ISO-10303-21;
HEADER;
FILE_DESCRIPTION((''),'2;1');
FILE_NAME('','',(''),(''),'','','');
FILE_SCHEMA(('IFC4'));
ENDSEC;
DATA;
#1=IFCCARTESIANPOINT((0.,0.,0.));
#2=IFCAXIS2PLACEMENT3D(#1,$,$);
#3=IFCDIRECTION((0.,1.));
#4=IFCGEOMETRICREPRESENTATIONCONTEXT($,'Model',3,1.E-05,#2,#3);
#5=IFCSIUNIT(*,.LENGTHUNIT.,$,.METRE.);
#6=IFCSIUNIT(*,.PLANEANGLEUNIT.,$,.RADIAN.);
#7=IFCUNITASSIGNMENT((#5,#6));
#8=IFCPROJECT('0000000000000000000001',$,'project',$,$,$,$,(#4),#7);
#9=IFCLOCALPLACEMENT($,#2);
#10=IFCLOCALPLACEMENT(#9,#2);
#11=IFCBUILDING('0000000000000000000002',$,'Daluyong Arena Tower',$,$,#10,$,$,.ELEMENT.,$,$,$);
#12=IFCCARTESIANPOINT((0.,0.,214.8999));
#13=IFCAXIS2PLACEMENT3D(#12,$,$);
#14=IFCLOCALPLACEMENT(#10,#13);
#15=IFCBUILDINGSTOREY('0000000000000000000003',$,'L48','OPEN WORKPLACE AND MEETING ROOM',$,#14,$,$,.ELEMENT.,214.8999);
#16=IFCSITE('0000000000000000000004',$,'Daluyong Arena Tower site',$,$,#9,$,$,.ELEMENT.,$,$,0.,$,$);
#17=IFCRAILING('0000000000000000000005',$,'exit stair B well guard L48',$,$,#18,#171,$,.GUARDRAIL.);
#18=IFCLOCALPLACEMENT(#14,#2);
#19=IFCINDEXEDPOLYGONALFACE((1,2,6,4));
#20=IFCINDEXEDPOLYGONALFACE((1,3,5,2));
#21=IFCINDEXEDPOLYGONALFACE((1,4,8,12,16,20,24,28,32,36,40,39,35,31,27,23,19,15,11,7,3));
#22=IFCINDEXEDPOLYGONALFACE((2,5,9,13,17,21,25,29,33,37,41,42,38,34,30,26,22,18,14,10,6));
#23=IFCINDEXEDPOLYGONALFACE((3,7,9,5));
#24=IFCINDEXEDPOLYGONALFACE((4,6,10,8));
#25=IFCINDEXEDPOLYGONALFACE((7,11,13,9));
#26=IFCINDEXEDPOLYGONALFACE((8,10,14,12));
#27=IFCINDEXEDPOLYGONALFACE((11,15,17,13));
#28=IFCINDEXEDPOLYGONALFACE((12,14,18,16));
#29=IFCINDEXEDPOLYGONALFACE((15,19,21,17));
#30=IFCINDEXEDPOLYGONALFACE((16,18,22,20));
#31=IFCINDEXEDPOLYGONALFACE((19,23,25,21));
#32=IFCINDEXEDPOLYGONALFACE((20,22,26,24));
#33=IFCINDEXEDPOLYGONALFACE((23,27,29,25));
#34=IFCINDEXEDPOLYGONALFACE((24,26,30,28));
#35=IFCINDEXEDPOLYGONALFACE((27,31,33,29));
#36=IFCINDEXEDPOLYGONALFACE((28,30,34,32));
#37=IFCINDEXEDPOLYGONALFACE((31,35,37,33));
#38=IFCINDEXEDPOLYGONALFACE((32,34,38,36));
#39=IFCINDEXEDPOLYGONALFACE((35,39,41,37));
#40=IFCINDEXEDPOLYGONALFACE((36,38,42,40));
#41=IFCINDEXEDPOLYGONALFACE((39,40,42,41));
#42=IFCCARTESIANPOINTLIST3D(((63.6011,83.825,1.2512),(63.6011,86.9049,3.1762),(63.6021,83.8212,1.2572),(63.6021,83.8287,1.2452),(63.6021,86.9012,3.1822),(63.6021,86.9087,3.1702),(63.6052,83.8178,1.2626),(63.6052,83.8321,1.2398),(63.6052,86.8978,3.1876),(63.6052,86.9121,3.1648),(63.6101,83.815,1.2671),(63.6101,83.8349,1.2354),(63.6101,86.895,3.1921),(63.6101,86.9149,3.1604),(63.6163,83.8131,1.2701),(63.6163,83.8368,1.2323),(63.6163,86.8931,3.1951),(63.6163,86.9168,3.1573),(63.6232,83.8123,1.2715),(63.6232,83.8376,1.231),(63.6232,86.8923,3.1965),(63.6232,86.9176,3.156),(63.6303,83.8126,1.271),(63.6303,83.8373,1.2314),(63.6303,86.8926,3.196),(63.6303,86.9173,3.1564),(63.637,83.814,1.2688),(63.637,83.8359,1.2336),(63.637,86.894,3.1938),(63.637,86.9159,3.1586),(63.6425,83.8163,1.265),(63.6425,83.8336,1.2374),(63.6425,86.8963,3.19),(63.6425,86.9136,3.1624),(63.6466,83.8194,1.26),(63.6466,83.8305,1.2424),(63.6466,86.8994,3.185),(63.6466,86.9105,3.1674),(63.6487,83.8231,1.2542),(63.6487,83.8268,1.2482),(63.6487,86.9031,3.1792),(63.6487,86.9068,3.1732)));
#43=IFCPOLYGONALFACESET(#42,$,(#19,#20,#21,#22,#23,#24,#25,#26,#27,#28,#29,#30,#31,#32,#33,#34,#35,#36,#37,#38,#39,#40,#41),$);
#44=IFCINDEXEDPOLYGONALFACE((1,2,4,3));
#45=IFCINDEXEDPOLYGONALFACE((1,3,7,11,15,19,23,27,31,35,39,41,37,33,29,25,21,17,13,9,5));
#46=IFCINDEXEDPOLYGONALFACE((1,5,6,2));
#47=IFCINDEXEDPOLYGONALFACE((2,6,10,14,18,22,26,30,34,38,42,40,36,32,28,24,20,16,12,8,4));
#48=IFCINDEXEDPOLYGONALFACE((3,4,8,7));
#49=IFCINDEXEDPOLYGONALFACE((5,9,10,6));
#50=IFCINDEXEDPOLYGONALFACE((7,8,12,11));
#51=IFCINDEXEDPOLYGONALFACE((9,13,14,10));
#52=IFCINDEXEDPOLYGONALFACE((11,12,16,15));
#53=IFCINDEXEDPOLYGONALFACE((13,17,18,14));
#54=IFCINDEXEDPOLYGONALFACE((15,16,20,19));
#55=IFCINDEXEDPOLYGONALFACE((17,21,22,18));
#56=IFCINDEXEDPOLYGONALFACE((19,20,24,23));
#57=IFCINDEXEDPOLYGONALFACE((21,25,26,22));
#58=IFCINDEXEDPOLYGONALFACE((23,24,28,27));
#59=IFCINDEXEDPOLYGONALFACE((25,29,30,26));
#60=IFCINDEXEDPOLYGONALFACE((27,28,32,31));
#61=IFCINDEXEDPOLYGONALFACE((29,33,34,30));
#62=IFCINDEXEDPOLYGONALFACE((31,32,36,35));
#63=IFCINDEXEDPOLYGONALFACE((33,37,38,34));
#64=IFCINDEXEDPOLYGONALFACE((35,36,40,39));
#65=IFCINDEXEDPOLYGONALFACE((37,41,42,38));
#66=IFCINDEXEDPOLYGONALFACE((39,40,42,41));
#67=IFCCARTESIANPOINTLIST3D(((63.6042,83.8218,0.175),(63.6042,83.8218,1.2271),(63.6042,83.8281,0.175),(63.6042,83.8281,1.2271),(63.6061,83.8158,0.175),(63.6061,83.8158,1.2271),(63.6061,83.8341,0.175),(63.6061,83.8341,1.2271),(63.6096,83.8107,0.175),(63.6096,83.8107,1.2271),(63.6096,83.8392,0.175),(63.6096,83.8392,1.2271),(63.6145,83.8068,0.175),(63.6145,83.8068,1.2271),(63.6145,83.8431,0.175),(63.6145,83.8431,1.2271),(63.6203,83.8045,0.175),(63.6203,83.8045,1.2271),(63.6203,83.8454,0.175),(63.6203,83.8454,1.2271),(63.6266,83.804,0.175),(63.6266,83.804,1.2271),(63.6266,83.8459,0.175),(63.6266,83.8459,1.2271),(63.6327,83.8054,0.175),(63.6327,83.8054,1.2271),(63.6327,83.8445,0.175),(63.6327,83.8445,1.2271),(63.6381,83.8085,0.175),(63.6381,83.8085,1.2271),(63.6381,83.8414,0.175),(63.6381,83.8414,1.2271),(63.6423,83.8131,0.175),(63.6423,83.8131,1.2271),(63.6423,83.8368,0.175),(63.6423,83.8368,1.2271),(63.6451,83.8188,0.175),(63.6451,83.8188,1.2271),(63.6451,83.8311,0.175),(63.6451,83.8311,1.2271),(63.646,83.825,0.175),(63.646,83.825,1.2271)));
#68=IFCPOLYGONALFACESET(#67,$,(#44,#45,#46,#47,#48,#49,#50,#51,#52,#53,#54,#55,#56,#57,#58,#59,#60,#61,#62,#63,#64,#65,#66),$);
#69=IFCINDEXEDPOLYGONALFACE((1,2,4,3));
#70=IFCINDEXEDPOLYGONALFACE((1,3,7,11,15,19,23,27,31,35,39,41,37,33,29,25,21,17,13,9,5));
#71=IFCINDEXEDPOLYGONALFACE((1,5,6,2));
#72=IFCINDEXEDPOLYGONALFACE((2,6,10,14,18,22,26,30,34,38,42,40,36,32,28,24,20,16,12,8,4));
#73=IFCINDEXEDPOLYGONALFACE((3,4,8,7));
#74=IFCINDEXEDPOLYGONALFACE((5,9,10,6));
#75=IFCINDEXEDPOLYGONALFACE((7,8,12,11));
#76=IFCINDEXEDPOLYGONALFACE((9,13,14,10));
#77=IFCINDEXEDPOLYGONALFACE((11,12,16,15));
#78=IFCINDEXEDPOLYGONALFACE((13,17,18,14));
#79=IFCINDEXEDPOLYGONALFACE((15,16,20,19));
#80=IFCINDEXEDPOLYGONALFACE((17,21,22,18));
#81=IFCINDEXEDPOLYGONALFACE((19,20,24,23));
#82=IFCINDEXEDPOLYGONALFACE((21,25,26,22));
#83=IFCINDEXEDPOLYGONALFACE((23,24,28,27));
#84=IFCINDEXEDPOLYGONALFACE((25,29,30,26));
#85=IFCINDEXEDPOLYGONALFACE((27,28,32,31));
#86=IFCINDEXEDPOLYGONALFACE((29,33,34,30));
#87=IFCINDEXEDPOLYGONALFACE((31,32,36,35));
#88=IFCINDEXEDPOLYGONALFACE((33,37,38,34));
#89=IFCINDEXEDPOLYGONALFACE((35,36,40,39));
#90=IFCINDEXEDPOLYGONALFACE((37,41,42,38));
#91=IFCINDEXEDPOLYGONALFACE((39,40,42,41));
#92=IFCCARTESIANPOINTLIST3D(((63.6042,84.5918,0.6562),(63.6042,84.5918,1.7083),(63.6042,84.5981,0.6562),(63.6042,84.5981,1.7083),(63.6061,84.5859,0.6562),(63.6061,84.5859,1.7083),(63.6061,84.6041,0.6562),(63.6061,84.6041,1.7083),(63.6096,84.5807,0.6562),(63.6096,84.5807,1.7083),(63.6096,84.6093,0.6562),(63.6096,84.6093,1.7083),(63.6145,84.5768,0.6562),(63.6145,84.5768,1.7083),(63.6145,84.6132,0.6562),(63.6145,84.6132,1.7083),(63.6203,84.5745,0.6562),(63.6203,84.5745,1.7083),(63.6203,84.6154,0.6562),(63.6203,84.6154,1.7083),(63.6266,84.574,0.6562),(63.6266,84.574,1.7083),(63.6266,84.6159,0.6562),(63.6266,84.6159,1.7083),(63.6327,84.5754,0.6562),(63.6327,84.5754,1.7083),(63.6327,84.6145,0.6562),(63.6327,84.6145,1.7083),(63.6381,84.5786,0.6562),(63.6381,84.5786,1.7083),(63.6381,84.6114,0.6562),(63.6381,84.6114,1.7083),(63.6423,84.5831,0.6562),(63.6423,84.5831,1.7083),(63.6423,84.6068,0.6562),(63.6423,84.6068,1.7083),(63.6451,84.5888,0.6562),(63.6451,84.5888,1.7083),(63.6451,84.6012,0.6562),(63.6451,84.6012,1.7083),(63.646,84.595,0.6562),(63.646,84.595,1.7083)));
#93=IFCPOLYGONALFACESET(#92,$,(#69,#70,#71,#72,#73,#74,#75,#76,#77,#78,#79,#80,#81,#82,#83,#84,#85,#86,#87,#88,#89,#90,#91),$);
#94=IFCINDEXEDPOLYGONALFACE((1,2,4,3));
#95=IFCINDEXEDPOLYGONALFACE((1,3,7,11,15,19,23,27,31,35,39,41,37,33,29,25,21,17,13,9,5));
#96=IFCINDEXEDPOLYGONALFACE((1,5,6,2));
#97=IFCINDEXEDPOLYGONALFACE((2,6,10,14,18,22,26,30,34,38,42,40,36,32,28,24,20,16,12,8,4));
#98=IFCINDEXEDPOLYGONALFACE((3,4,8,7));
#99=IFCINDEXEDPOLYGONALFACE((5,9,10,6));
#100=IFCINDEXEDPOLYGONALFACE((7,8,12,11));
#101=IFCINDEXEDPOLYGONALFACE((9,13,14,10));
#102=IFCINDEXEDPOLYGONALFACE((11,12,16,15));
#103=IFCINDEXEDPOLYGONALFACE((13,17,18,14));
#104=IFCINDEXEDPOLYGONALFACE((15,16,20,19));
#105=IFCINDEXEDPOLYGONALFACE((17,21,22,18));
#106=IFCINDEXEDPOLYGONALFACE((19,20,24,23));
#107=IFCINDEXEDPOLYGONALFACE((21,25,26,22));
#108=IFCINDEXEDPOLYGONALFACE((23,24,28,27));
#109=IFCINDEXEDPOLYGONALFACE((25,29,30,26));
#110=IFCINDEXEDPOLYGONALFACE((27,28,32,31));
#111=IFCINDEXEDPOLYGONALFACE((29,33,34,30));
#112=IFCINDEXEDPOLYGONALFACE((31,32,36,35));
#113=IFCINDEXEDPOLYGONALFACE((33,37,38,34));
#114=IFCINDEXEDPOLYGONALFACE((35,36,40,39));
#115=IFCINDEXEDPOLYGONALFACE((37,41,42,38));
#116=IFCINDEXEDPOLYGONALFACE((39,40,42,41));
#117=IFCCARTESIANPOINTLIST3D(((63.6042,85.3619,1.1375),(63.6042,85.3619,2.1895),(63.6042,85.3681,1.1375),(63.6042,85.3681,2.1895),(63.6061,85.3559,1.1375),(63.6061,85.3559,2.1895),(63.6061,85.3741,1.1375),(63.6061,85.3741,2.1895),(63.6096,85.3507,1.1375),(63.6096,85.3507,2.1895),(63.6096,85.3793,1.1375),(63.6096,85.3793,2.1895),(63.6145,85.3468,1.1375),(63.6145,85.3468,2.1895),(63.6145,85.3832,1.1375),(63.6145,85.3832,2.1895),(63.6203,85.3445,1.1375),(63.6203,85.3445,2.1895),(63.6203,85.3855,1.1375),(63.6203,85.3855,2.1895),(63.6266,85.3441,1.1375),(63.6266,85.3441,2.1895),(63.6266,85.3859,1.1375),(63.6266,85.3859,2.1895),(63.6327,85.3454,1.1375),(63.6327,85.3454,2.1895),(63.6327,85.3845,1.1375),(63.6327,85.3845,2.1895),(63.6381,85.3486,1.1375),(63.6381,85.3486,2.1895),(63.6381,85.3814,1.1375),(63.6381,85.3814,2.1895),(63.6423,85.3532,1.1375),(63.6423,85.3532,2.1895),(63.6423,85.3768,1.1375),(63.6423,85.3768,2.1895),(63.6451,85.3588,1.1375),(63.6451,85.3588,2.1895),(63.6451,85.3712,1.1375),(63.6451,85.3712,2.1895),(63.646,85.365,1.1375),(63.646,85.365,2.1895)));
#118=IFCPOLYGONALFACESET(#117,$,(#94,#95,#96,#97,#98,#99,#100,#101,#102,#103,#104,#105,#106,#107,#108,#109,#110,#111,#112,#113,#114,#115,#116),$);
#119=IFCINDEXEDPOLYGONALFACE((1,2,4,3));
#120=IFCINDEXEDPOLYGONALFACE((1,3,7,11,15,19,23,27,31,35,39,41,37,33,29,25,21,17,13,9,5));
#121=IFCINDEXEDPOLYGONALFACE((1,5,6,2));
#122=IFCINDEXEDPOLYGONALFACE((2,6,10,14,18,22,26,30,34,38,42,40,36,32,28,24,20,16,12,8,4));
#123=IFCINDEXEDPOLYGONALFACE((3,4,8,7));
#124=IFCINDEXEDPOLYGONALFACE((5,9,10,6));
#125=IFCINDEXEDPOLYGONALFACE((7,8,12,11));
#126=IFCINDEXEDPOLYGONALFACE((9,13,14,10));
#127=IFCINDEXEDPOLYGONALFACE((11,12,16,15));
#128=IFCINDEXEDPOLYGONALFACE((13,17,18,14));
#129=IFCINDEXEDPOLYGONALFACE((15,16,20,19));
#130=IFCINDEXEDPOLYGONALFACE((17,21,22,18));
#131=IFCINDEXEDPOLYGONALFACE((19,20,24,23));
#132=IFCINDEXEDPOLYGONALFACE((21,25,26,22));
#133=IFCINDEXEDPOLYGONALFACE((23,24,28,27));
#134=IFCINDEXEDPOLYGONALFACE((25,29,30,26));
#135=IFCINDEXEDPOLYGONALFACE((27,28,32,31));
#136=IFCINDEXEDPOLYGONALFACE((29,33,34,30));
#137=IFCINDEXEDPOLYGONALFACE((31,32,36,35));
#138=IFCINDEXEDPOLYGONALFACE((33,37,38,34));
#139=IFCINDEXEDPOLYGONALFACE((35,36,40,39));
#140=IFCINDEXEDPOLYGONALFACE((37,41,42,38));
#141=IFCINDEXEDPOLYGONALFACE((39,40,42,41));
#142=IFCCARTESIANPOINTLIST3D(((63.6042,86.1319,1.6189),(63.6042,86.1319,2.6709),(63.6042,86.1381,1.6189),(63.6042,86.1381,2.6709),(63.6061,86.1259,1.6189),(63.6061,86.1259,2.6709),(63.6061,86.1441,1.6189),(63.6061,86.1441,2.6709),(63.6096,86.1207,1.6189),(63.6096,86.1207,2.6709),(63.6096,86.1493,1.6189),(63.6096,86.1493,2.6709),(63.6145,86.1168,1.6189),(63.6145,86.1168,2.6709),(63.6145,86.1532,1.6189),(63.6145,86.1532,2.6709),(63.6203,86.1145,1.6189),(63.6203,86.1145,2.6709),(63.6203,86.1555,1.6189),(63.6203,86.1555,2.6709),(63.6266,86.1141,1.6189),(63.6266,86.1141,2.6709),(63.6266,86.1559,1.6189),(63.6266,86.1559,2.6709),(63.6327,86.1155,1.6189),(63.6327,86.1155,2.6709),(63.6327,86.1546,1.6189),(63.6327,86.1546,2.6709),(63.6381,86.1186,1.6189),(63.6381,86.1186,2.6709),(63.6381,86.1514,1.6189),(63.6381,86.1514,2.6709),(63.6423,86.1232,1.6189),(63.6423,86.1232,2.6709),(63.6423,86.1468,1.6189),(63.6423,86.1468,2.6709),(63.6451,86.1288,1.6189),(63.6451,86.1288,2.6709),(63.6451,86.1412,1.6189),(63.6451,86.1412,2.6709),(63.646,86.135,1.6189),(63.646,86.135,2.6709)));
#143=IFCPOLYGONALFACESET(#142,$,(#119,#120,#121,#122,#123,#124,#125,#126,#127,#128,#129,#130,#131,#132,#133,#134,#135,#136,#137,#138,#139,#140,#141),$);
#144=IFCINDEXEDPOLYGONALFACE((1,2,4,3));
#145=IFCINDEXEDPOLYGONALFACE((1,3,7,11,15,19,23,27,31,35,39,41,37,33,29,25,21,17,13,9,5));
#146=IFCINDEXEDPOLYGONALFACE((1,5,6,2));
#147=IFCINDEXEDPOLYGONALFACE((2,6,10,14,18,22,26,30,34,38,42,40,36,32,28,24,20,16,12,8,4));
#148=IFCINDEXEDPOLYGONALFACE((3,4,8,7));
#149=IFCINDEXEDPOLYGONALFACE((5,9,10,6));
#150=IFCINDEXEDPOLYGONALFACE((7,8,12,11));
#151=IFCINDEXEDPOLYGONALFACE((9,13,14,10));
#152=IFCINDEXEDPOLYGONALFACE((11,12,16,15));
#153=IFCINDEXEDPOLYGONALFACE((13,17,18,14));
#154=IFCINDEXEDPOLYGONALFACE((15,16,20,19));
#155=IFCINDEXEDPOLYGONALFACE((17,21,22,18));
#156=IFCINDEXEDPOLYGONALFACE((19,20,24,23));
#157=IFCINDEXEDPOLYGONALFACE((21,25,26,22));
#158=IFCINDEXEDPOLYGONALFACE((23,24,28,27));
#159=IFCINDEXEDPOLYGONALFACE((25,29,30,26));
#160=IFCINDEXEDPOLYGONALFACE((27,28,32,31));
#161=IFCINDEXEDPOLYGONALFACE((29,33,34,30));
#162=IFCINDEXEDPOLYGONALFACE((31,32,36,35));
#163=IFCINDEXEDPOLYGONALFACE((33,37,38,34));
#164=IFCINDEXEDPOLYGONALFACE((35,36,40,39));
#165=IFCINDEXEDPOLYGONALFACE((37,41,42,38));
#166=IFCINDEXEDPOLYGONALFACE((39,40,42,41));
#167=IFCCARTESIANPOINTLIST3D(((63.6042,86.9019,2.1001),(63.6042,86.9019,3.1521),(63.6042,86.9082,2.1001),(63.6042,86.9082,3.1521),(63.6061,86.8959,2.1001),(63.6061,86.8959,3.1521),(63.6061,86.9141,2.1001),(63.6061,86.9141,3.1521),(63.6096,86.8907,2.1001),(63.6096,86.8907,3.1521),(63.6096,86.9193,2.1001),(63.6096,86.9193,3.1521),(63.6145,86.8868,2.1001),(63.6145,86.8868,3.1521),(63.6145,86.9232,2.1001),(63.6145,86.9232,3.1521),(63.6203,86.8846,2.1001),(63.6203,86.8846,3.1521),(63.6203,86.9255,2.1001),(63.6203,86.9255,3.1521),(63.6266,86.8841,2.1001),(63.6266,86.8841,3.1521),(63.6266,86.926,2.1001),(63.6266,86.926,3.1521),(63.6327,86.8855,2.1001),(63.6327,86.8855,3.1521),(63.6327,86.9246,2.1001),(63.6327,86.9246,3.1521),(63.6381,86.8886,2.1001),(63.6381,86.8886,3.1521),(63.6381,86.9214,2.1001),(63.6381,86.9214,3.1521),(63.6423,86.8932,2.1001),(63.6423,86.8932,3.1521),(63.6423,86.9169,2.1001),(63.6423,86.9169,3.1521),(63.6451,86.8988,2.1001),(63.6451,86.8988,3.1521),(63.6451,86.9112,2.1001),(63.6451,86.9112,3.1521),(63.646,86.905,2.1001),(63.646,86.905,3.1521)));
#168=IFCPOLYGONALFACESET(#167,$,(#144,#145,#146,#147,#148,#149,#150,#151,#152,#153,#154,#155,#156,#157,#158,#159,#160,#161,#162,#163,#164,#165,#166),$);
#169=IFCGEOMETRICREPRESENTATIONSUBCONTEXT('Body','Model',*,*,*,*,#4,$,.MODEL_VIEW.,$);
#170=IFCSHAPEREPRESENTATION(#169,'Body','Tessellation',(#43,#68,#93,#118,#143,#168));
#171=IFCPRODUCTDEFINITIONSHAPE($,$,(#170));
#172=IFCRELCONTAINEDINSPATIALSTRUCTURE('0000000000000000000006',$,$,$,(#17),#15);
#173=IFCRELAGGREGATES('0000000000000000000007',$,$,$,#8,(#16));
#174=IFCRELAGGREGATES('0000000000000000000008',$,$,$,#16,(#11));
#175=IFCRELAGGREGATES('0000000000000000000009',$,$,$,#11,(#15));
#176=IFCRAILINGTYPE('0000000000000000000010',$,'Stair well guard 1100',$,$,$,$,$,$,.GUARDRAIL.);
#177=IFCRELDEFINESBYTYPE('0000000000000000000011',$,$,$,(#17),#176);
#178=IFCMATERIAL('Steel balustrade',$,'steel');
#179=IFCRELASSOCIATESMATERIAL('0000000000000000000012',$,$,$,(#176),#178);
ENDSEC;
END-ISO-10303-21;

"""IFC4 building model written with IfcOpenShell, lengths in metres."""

from ifc_helpers import new_model, si_unit, direction, frame, origin, origin_2d, place, context, subcontext, project, spatial, circle, extrude, material, type_object, element, save


model = new_model("IFC4")

# Units and contexts
model_context = context("Model", 3, precision=1e-05, world=origin(), true_north=direction((0.0, 1.0)))
body_context = subcontext(model_context, "Body", "Model", "MODEL_VIEW")
ifc_project = project(units=[si_unit("LENGTHUNIT", "METRE"), si_unit("PLANEANGLEUNIT", "RADIAN")], contexts=[model_context])

# Site, building, storey
site_placement = place(None, origin())
site = spatial("IfcSite", under=ifc_project, at=site_placement, Name="Daluyong Arena Tower site", CompositionType="ELEMENT", RefElevation=0.0)
building_placement = place(site_placement, origin())
building = spatial("IfcBuilding", under=site, at=building_placement, Name="Daluyong Arena Tower", CompositionType="ELEMENT")
storey_placement = place(building_placement, frame((0.0, 0.0, 214.8999)))
storey = spatial("IfcBuildingStorey", under=building, at=storey_placement, Name="L48", Description="OPEN WORKPLACE AND MEETING ROOM", CompositionType="ELEMENT", Elevation=214.8999)

# Railing
ifc_material_1 = material(Name="Steel balustrade", Category="steel")
railing_type_1 = type_object("IfcRailingType", Name="Stair well guard 1100", PredefinedType="GUARDRAIL", material=ifc_material_1)
railing_1_placement = place(storey_placement, frame((63.625, 83.825, 0.175)))
element("IfcRailing", 1, at=railing_1_placement, inside=storey, type_object=railing_type_1, Name="exit stair B well guard L48", PredefinedType="GUARDRAIL", context=body_context, shape_type="SweptSolid", body=[
    extrude(circle(Radius=0.0239, at=origin_2d()), frame((0.0, 0.0, 1.0762), z_axis=(0.0, 0.847998, 0.529999), x_axis=(-1.0, 0.0, 0.0)), (0.0, 0.0, 1.0), 3.6321),
    extrude(circle(Radius=0.021, at=origin_2d()), origin(), (0.0, 0.0, 1.0), 1.052),
    extrude(circle(Radius=0.021, at=origin_2d()), frame((0.0, 0.77, 0.4812)), (0.0, 0.0, 1.0), 1.052),
    extrude(circle(Radius=0.021, at=origin_2d()), frame((0.0, 1.54, 0.9624)), (0.0, 0.0, 1.0), 1.052),
    extrude(circle(Radius=0.021, at=origin_2d()), frame((0.0, 2.3101, 1.4438)), (0.0, 0.0, 1.0), 1.052),
    extrude(circle(Radius=0.021, at=origin_2d()), frame((0.0, 3.0801, 1.925)), (0.0, 0.0, 1.0), 1.052),
])

save(model, "model.ifc")
